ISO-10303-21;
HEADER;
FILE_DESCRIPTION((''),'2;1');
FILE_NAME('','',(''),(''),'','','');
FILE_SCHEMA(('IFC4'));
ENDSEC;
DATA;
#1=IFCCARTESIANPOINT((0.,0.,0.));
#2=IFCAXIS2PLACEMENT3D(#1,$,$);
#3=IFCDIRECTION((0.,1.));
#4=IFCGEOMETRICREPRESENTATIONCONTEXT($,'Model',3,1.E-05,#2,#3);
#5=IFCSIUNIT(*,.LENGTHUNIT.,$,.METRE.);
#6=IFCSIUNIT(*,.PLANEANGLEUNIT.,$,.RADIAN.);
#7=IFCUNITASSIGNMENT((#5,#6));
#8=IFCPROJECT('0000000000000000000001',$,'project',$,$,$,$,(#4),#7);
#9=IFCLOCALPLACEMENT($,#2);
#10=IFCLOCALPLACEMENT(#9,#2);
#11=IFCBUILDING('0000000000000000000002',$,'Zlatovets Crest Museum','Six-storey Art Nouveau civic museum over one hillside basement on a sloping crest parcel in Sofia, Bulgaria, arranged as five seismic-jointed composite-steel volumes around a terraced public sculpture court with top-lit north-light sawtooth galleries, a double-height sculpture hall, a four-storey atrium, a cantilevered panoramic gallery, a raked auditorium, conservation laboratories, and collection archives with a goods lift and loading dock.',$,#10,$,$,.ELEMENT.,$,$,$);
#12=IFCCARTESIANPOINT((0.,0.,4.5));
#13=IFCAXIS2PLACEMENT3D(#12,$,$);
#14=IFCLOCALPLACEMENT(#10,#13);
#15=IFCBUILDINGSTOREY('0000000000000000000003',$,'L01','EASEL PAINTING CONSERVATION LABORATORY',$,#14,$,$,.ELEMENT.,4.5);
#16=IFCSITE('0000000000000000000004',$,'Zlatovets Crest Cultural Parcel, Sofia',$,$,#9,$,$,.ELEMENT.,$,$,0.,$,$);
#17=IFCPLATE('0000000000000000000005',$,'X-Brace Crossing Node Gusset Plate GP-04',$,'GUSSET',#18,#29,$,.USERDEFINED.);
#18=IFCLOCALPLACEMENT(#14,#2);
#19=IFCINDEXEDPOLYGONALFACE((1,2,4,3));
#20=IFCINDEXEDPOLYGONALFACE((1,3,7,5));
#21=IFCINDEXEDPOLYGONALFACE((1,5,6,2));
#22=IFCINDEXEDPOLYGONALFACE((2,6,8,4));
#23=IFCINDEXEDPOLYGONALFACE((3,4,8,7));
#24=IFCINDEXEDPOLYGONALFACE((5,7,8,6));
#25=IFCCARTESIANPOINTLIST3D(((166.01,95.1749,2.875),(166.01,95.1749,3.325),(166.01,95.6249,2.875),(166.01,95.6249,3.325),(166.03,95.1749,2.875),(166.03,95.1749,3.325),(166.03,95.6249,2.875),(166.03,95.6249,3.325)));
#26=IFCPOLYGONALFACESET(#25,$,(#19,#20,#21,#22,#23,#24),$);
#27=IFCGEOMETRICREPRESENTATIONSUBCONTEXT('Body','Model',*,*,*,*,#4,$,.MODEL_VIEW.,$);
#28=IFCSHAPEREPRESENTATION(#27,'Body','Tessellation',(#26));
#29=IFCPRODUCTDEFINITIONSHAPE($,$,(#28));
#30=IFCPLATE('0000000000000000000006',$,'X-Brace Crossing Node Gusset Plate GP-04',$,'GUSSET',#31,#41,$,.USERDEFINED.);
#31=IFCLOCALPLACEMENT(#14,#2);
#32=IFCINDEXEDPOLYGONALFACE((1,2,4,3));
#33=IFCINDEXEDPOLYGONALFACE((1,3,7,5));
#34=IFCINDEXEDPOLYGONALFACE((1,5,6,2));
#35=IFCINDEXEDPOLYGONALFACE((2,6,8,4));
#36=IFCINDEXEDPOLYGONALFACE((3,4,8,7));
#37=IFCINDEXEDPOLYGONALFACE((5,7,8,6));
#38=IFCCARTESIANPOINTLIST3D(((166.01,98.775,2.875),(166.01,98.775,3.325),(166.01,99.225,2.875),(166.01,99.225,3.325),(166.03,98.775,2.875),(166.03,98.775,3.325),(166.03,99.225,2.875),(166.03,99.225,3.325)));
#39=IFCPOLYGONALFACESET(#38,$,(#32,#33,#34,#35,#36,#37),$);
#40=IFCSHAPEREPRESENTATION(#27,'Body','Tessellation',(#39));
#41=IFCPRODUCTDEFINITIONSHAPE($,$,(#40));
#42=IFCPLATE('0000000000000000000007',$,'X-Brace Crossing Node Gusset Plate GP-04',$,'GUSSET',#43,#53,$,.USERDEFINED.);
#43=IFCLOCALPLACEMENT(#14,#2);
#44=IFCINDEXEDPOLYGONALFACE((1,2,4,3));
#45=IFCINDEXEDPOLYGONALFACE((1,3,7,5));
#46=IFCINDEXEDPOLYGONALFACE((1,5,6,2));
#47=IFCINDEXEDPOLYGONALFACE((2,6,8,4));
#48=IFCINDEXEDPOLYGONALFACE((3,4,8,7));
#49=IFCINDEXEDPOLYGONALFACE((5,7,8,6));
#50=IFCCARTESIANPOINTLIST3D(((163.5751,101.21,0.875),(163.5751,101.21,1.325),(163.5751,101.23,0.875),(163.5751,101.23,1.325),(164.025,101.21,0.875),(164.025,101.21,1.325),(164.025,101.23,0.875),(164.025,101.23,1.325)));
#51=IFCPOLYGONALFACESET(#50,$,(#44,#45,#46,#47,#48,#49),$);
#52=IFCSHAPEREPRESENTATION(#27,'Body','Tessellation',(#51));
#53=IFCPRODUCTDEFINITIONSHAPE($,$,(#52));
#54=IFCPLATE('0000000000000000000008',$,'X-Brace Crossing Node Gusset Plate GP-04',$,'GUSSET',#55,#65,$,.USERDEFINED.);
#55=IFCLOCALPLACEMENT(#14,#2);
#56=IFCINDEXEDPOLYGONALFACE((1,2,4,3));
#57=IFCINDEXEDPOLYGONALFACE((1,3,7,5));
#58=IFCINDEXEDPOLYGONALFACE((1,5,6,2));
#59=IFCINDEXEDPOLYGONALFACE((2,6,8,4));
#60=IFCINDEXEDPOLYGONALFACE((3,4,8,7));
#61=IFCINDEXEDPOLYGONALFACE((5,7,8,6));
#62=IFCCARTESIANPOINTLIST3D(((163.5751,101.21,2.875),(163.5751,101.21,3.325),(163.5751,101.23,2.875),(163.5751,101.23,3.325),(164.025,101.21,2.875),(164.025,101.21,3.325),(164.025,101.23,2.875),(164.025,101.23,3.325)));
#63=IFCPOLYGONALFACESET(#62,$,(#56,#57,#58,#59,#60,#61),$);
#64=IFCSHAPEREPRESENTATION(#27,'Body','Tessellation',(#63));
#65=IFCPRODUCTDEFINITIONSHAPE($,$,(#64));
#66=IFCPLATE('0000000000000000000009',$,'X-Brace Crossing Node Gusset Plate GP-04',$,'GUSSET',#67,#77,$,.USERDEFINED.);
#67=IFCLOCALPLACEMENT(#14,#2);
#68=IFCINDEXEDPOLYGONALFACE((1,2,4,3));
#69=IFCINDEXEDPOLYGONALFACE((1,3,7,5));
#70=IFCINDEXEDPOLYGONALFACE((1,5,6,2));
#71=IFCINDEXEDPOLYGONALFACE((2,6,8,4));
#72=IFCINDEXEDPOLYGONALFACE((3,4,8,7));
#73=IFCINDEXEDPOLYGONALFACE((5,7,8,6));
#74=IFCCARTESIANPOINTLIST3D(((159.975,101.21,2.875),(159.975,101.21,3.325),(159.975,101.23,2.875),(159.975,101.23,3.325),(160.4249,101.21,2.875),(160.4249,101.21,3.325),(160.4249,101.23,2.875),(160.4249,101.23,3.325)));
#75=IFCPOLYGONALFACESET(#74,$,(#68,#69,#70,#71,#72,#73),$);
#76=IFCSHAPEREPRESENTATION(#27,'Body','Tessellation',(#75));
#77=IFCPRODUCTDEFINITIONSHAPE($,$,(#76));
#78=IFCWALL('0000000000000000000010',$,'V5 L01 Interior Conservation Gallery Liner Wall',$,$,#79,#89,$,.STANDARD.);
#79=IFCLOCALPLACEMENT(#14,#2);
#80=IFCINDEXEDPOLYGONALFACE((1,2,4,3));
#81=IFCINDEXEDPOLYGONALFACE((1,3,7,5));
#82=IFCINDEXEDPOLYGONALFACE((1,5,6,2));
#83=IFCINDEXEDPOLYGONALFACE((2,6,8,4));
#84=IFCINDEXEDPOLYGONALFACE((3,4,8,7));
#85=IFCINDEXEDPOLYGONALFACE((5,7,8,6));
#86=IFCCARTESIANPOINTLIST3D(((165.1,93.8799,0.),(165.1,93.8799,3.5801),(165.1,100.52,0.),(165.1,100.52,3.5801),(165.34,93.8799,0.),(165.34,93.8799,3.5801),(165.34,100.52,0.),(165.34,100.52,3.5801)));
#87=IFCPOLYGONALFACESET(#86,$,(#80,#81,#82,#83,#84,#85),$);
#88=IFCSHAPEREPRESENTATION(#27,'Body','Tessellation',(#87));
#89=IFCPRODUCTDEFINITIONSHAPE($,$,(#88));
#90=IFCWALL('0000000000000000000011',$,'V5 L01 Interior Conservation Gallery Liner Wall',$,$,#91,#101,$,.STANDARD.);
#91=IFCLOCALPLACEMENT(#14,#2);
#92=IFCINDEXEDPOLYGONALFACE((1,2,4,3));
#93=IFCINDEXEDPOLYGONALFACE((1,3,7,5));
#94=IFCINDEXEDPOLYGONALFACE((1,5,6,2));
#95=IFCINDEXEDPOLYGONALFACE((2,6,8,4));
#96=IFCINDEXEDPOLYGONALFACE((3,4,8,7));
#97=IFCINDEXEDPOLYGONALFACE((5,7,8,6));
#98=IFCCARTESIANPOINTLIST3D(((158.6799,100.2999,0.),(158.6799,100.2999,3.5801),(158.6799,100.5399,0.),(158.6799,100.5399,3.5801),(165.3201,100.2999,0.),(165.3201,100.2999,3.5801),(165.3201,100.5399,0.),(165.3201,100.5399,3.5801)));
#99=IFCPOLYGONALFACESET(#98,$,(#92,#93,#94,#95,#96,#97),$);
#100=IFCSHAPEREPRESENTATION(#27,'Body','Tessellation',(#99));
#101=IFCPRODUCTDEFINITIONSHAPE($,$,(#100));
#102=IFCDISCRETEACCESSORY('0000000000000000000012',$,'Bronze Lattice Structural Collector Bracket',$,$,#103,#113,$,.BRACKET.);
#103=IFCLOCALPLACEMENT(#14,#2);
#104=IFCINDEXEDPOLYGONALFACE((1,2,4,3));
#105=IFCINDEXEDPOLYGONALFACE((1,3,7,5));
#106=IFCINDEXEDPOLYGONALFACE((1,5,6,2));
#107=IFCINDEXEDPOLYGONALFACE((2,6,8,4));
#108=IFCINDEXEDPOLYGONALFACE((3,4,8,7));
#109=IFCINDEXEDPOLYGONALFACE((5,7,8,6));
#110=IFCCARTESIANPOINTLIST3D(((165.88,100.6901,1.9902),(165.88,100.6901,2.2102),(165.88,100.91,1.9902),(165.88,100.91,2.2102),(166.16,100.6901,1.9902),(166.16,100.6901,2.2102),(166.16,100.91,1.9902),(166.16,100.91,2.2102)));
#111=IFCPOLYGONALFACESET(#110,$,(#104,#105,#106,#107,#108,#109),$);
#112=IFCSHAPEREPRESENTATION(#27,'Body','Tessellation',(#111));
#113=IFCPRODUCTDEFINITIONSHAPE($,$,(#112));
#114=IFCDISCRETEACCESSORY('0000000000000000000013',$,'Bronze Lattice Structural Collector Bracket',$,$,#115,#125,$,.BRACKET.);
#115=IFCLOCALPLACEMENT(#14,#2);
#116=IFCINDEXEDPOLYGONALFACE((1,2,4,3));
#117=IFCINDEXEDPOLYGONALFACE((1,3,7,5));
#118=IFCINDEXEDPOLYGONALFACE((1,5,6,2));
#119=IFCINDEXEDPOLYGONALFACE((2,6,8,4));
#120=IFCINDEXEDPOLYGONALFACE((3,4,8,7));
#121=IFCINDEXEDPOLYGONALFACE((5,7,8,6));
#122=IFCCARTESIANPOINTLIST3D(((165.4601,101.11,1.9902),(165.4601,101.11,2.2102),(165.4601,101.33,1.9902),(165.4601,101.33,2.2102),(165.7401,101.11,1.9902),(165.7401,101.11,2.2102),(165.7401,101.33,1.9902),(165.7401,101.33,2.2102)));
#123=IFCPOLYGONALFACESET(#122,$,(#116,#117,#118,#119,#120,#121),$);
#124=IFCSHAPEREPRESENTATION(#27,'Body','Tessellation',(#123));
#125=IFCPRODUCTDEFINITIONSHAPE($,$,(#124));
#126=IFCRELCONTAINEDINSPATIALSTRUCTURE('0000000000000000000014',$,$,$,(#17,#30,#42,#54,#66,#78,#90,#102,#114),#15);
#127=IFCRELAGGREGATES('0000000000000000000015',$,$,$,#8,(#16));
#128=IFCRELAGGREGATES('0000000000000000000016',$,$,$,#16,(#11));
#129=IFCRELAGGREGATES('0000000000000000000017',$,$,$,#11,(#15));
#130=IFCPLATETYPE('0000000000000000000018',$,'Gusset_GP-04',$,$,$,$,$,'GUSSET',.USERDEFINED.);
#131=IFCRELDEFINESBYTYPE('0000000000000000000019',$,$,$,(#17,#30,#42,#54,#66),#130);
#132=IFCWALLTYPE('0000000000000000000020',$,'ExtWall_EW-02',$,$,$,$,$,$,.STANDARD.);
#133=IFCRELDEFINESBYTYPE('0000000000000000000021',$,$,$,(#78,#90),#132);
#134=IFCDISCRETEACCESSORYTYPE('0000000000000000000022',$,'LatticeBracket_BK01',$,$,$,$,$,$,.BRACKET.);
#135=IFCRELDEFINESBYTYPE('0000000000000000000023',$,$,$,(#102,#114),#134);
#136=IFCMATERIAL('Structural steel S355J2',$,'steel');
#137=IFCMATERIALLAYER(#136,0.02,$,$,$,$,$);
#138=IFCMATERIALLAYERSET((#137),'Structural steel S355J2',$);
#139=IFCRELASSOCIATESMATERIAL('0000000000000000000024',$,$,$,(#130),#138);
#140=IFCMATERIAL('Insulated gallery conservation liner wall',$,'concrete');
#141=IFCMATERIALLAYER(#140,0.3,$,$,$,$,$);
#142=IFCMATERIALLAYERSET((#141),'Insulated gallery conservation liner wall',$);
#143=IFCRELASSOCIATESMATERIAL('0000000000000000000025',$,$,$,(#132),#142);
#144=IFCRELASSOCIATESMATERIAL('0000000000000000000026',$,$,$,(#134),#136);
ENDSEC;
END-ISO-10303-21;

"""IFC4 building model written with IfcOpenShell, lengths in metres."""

from ifc_helpers import new_model, si_unit, direction, frame, frame_2d, origin, origin_2d, place, context, subcontext, project, spatial, rectangle, extrude, material, layer, layer_set, type_object, element, save


model = new_model("IFC4")

# Units and contexts
model_context = context("Model", 3, precision=1e-05, world=origin(), true_north=direction((0.0, 1.0)))
body_context = subcontext(model_context, "Body", "Model", "MODEL_VIEW")
ifc_project = project(units=[si_unit("LENGTHUNIT", "METRE"), si_unit("PLANEANGLEUNIT", "RADIAN")], contexts=[model_context])

# Site, building, storey
site_placement = place(None, origin())
site = spatial("IfcSite", under=ifc_project, at=site_placement, Name="Zlatovets Crest Cultural Parcel, Sofia", CompositionType="ELEMENT", RefElevation=0.0)
building_placement = place(site_placement, origin())
building = spatial("IfcBuilding", under=site, at=building_placement, Name="Zlatovets Crest Museum", Description="Six-storey Art Nouveau civic museum over one hillside basement on a sloping crest parcel in Sofia, Bulgaria, arranged as five seismic-jointed composite-steel volumes around a terraced public sculpture court with top-lit north-light sawtooth galleries, a double-height sculpture hall, a four-storey atrium, a cantilevered panoramic gallery, a raked auditorium, conservation laboratories, and collection archives with a goods lift and loading dock.", CompositionType="ELEMENT")
storey_placement = place(building_placement, frame((0.0, 0.0, 4.5)))
storey = spatial("IfcBuildingStorey", under=building, at=storey_placement, Name="L01", Description="EASEL PAINTING CONSERVATION LABORATORY", CompositionType="ELEMENT", Elevation=4.5)

# Shared definitions
ifc_material_1 = material(Name="Structural steel S355J2", Category="steel")

# Plates
ifc_layer_1 = layer(ifc_material_1, 0.02)
ifc_layer_set_1 = layer_set([ifc_layer_1], Name="Structural steel S355J2")
plate_type_1 = type_object("IfcPlateType", Name="Gusset_GP-04", ElementType="GUSSET", PredefinedType="USERDEFINED", material=ifc_layer_set_1)
for number, where, z_axis, x_axis, name in (
    (1, (166.02, 95.3999, 2.875), (0.0, 0.0, 1.0), (1.0, 0.0, 0.0), "X-Brace Crossing Node Gusset Plate GP-04"),
    (2, (166.02, 99.0, 2.875), (0.0, 0.0, 1.0), (1.0, 0.0, 0.0), "X-Brace Crossing Node Gusset Plate GP-04"),
):
    element("IfcPlate", number, at=place(storey_placement, frame(where, z_axis=z_axis, x_axis=x_axis)), inside=storey, type_object=plate_type_1, Name=name, ObjectType="GUSSET", PredefinedType="USERDEFINED", context=body_context, shape_type="SweptSolid", body=[
        extrude(rectangle(XDim=0.02, YDim=0.45, at=origin_2d()), origin(), (0.0, 0.0, 1.0), 0.45),
    ])
for number, where, z_axis, x_axis, name in (
    (3, (163.8, 101.22, 0.875), (0.0, 0.0, 1.0), (1.0, 0.0, 0.0), "X-Brace Crossing Node Gusset Plate GP-04"),
    (4, (163.8, 101.22, 2.875), (0.0, 0.0, 1.0), (1.0, 0.0, 0.0), "X-Brace Crossing Node Gusset Plate GP-04"),
    (5, (160.2, 101.22, 2.875), (0.0, 0.0, 1.0), (1.0, 0.0, 0.0), "X-Brace Crossing Node Gusset Plate GP-04"),
):
    element("IfcPlate", number, at=place(storey_placement, frame(where, z_axis=z_axis, x_axis=x_axis)), inside=storey, type_object=plate_type_1, Name=name, ObjectType="GUSSET", PredefinedType="USERDEFINED", context=body_context, shape_type="SweptSolid", body=[
        extrude(rectangle(XDim=0.45, YDim=0.02, at=origin_2d()), origin(), (0.0, 0.0, 1.0), 0.45),
    ])

# Walls
ifc_material_2 = material(Name="Insulated gallery conservation liner wall", Category="concrete")
ifc_layer_2 = layer(ifc_material_2, 0.3)
ifc_layer_set_2 = layer_set([ifc_layer_2], Name="Insulated gallery conservation liner wall")
wall_type = type_object("IfcWallType", Name="ExtWall_EW-02", PredefinedType="STANDARD", material=ifc_layer_set_2)
for number, where, z_axis, x_axis, name in (
    (6, (165.22, 93.8799, 0.0), (0.0, 0.0, 1.0), (0.0, 1.0, 0.0), "V5 L01 Interior Conservation Gallery Liner Wall"),
    (7, (165.3201, 100.4199, 0.0), (0.0, 0.0, 1.0), (-1.0, 0.0, 0.0), "V5 L01 Interior Conservation Gallery Liner Wall"),
):
    element("IfcWall", number, at=place(storey_placement, frame(where, z_axis=z_axis, x_axis=x_axis)), inside=storey, type_object=wall_type, Name=name, PredefinedType="STANDARD", context=body_context, shape_type="SweptSolid", body=[
        extrude(rectangle(XDim=6.6401, YDim=0.24, at=frame_2d((3.3201, 0.0))), origin(), (0.0, 0.0, 1.0), 3.5801),
    ])

# Discrete accessories
discrete_accessory_type = type_object("IfcDiscreteAccessoryType", Name="LatticeBracket_BK01", PredefinedType="BRACKET", material=ifc_material_1)
for number, where, z_axis, x_axis, name in (
    (8, (166.02, 100.8, 1.9902), (0.0, 0.0, 1.0), (1.0, 0.0, 0.0), "Bronze Lattice Structural Collector Bracket"),
    (9, (165.6001, 101.22, 1.9902), (0.0, 0.0, 1.0), (1.0, 0.0, 0.0), "Bronze Lattice Structural Collector Bracket"),
):
    element("IfcDiscreteAccessory", number, at=place(storey_placement, frame(where, z_axis=z_axis, x_axis=x_axis)), inside=storey, type_object=discrete_accessory_type, Name=name, PredefinedType="BRACKET", context=body_context, shape_type="SweptSolid", body=[
        extrude(rectangle(XDim=0.28, YDim=0.22, at=origin_2d()), origin(), (0.0, 0.0, 1.0), 0.22),
    ])

save(model, "model.ifc")
